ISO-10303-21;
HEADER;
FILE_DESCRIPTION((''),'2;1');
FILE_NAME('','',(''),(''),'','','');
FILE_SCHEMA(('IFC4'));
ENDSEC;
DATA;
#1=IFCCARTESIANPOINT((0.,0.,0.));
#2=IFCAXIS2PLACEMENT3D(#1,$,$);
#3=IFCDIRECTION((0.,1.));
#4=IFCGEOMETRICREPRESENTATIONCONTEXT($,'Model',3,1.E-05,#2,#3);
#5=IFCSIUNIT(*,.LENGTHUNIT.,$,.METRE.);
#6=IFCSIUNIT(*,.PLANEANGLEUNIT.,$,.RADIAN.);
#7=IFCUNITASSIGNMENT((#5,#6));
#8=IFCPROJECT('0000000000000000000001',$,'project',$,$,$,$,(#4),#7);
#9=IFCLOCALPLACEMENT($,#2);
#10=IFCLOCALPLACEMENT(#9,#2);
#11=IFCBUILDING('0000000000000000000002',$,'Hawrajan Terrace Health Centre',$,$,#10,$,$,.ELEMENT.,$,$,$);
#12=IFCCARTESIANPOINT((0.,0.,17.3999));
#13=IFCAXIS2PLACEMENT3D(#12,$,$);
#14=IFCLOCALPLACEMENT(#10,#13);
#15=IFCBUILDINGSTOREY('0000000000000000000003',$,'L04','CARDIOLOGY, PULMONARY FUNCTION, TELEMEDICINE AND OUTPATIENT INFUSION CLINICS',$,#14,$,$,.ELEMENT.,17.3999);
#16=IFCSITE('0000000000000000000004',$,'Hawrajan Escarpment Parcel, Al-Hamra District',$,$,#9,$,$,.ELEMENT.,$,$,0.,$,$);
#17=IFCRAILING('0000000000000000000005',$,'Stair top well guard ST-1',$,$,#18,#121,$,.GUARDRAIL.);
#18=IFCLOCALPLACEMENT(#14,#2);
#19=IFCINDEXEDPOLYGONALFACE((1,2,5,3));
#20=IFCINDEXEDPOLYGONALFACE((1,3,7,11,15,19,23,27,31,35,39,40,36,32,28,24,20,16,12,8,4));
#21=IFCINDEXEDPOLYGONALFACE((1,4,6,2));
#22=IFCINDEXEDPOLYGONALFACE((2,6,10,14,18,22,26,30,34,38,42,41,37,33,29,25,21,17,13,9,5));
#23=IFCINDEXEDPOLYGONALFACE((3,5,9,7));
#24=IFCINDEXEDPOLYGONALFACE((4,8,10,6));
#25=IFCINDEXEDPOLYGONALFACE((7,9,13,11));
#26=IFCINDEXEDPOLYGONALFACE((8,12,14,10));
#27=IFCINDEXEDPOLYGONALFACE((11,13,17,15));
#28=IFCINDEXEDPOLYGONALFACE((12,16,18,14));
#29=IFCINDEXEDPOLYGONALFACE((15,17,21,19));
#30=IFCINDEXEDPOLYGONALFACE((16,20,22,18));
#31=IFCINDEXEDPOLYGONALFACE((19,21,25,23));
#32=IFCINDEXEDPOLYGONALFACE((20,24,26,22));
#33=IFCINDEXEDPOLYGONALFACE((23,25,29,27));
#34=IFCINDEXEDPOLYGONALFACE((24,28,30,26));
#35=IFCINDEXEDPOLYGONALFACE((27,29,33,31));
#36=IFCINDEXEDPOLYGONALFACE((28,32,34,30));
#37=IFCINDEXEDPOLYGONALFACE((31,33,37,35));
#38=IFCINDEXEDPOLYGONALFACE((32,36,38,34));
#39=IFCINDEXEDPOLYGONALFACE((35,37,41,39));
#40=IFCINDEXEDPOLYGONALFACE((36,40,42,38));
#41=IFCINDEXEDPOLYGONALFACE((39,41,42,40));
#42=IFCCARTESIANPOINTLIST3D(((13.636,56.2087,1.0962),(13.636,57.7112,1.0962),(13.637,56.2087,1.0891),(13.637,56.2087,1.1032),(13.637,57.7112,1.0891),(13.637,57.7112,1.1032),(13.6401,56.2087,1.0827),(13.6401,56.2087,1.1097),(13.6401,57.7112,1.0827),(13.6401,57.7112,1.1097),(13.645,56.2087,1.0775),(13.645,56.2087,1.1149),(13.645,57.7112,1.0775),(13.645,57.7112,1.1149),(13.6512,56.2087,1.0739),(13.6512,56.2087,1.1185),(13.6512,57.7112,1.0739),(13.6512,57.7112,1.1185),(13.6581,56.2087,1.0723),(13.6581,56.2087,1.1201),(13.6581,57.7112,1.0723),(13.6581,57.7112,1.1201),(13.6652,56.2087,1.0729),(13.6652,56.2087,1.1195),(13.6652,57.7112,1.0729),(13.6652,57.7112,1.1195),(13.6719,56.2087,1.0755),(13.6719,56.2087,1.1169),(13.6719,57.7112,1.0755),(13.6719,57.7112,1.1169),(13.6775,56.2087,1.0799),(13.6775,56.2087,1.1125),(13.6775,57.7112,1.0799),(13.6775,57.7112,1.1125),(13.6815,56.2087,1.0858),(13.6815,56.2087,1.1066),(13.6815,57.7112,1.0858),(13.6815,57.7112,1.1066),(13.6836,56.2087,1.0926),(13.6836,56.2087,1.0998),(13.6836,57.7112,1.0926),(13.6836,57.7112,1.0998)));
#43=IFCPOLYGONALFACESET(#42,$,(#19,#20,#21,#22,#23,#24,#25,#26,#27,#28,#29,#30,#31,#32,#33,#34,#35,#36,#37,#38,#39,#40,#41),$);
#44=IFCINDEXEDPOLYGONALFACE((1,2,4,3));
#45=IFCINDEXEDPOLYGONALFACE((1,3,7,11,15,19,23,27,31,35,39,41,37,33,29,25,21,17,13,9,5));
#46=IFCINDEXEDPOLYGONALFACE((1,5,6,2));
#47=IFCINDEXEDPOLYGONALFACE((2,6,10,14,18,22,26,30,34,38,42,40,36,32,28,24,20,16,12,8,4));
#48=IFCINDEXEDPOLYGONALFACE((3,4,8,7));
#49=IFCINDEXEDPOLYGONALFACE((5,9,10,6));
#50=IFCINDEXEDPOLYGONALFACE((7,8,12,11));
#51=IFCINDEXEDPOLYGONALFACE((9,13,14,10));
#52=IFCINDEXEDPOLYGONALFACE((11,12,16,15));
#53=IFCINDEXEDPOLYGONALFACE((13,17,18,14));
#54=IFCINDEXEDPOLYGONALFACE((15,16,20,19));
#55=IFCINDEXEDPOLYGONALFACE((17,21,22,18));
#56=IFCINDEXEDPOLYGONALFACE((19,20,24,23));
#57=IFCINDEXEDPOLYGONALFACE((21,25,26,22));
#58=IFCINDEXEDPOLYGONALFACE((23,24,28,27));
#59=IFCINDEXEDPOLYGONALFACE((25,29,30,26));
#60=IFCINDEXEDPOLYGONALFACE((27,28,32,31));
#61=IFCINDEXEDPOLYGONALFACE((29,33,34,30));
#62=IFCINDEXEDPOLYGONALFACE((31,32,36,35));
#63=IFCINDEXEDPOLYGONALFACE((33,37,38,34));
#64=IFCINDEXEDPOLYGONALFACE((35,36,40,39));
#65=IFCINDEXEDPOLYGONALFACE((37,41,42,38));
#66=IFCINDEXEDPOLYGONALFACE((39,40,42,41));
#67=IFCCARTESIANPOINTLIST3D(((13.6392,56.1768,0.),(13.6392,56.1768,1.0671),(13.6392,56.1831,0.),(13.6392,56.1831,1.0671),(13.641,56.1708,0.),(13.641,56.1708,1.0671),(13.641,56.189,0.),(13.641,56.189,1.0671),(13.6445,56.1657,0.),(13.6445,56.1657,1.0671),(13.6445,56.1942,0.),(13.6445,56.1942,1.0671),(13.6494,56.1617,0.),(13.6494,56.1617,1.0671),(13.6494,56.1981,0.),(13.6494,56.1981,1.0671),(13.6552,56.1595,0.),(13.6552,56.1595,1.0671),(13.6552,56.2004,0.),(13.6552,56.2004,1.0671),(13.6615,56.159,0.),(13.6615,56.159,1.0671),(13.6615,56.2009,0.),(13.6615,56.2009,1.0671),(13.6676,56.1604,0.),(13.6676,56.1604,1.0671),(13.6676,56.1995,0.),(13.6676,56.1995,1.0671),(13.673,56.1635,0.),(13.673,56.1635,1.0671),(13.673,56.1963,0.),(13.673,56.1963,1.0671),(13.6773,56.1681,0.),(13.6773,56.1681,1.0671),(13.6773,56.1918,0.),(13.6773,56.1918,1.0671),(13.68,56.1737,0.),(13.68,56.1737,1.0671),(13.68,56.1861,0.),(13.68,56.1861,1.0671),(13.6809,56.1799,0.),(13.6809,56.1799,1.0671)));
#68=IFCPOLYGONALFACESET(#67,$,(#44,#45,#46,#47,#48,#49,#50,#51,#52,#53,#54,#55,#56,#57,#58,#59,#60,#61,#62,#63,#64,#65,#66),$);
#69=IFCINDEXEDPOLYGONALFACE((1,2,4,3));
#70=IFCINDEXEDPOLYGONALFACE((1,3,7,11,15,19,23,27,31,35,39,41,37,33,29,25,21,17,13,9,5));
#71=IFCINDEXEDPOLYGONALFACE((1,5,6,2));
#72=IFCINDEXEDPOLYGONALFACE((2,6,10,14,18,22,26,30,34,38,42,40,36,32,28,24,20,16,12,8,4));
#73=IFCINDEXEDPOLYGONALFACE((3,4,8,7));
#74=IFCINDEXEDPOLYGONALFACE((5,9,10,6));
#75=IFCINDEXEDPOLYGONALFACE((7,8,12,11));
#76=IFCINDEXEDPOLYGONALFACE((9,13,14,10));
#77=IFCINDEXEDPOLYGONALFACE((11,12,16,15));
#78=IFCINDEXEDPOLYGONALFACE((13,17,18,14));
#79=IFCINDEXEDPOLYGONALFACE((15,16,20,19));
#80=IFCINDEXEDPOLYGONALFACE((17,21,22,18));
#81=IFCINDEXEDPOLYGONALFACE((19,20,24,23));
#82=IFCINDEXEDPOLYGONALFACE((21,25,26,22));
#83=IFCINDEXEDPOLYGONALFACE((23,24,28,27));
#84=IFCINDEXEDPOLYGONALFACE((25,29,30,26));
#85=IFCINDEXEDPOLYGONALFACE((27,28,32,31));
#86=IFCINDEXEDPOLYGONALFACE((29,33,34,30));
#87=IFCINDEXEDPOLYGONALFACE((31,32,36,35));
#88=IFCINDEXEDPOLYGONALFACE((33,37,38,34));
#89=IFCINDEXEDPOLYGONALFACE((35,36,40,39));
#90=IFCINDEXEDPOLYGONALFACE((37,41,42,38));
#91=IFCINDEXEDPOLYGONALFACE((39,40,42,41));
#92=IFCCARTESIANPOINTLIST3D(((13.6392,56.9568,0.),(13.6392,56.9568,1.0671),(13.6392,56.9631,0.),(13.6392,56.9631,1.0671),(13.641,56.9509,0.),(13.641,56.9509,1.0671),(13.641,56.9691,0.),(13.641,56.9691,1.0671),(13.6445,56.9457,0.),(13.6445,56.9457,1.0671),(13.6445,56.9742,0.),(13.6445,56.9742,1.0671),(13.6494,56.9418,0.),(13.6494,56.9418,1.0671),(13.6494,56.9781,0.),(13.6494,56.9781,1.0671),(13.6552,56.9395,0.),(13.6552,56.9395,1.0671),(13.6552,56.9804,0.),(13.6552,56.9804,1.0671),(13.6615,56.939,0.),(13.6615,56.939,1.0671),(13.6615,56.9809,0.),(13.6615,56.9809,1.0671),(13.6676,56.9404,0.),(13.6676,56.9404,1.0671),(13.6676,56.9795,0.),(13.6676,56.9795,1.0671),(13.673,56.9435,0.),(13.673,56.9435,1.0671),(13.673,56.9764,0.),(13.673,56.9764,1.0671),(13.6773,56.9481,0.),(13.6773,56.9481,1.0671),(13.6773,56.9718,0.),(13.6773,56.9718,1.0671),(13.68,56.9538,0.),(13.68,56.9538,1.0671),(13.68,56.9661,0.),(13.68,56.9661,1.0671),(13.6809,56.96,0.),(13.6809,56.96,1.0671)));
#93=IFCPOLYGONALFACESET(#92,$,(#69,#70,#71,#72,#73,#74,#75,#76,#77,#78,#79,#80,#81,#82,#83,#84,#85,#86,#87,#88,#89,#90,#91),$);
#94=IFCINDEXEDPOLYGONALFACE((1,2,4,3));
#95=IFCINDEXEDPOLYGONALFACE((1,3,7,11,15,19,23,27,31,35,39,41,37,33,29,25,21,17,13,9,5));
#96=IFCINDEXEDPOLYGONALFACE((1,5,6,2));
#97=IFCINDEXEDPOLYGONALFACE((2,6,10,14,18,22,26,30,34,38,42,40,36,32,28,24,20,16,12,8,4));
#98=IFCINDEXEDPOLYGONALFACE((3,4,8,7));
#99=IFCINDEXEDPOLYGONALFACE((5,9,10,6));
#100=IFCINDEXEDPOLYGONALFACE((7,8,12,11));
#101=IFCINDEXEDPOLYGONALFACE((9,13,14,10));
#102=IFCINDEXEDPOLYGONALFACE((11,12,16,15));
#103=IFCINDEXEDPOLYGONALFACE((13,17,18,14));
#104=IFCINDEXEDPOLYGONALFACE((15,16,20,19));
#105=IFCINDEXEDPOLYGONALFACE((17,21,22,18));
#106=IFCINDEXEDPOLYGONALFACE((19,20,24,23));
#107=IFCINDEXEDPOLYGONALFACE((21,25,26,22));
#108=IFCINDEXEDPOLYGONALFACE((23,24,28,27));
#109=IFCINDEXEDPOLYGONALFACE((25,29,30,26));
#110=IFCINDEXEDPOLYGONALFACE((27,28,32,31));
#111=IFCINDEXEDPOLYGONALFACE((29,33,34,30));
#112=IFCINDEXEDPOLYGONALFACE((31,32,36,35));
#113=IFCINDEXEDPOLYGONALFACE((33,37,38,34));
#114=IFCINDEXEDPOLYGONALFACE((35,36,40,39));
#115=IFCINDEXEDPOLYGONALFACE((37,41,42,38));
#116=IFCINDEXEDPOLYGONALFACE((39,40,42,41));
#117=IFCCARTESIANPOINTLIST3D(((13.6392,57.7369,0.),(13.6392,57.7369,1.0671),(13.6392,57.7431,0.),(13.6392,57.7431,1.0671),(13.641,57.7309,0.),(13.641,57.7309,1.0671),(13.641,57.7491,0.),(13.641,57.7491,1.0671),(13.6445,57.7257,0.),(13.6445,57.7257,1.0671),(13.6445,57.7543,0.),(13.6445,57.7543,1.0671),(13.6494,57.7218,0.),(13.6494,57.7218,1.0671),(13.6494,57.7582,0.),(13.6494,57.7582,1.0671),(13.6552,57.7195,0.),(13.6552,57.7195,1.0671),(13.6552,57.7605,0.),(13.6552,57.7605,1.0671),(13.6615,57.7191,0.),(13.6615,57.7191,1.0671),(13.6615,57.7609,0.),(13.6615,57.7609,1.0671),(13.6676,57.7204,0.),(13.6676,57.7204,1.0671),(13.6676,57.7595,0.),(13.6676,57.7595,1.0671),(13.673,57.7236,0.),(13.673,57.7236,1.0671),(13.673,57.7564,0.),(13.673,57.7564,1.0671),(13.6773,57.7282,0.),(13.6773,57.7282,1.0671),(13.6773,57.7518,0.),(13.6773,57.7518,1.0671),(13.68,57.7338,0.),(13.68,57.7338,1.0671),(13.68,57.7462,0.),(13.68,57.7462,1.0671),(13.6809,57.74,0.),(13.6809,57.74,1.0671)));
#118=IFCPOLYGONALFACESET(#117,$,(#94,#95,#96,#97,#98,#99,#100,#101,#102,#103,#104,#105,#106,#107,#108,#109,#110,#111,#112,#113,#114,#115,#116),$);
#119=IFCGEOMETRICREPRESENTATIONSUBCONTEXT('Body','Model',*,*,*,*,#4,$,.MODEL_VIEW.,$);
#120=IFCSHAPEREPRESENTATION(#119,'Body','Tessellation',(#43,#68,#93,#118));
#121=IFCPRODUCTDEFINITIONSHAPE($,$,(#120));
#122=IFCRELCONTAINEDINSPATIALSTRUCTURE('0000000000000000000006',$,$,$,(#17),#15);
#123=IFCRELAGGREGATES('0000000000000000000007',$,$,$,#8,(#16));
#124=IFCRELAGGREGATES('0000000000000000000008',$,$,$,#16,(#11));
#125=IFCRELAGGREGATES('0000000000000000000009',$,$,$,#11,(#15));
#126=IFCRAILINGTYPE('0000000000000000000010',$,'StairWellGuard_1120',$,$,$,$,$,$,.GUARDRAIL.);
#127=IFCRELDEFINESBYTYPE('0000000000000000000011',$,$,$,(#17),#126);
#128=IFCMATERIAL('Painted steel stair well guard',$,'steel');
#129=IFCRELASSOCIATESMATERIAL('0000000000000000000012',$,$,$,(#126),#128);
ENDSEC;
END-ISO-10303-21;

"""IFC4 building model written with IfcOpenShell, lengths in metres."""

from ifc_helpers import new_model, si_unit, direction, frame, origin, origin_2d, place, context, subcontext, project, spatial, circle, extrude, material, type_object, element, save


model = new_model("IFC4")

# Units and contexts
model_context = context("Model", 3, precision=1e-05, world=origin(), true_north=direction((0.0, 1.0)))
body_context = subcontext(model_context, "Body", "Model", "MODEL_VIEW")
ifc_project = project(units=[si_unit("LENGTHUNIT", "METRE"), si_unit("PLANEANGLEUNIT", "RADIAN")], contexts=[model_context])

# Site, building, storey
site_placement = place(None, origin())
site = spatial("IfcSite", under=ifc_project, at=site_placement, Name="Hawrajan Escarpment Parcel, Al-Hamra District", CompositionType="ELEMENT", RefElevation=0.0)
building_placement = place(site_placement, origin())
building = spatial("IfcBuilding", under=site, at=building_placement, Name="Hawrajan Terrace Health Centre", CompositionType="ELEMENT")
storey_placement = place(building_placement, frame((0.0, 0.0, 17.3999)))
storey = spatial("IfcBuildingStorey", under=building, at=storey_placement, Name="L04", Description="CARDIOLOGY, PULMONARY FUNCTION, TELEMEDICINE AND OUTPATIENT INFUSION CLINICS", CompositionType="ELEMENT", Elevation=17.3999)

# Railing
ifc_material_1 = material(Name="Painted steel stair well guard", Category="steel")
railing_type = type_object("IfcRailingType", Name="StairWellGuard_1120", PredefinedType="GUARDRAIL", material=ifc_material_1)
railing_placement = place(storey_placement, frame((13.6599, 56.1799, 0.0)))
element("IfcRailing", 1, at=railing_placement, inside=storey, type_object=railing_type, Name="Stair top well guard ST-1", PredefinedType="GUARDRAIL", context=body_context, shape_type="SweptSolid", body=[
    extrude(circle(Radius=0.0239, at=origin_2d()), frame((0.0, 0.0288, 1.0962), z_axis=(0.0, 1.0, 0.0), x_axis=(-1.0, 0.0, 0.0)), (0.0, 0.0, 1.0), 1.5024),
    extrude(circle(Radius=0.021, at=origin_2d()), origin(), (0.0, 0.0, 1.0), 1.0671),
    extrude(circle(Radius=0.021, at=origin_2d()), frame((0.0, 0.78, 0.0)), (0.0, 0.0, 1.0), 1.0671),
    extrude(circle(Radius=0.021, at=origin_2d()), frame((0.0, 1.5601, 0.0)), (0.0, 0.0, 1.0), 1.0671),
])

save(model, "model.ifc")
